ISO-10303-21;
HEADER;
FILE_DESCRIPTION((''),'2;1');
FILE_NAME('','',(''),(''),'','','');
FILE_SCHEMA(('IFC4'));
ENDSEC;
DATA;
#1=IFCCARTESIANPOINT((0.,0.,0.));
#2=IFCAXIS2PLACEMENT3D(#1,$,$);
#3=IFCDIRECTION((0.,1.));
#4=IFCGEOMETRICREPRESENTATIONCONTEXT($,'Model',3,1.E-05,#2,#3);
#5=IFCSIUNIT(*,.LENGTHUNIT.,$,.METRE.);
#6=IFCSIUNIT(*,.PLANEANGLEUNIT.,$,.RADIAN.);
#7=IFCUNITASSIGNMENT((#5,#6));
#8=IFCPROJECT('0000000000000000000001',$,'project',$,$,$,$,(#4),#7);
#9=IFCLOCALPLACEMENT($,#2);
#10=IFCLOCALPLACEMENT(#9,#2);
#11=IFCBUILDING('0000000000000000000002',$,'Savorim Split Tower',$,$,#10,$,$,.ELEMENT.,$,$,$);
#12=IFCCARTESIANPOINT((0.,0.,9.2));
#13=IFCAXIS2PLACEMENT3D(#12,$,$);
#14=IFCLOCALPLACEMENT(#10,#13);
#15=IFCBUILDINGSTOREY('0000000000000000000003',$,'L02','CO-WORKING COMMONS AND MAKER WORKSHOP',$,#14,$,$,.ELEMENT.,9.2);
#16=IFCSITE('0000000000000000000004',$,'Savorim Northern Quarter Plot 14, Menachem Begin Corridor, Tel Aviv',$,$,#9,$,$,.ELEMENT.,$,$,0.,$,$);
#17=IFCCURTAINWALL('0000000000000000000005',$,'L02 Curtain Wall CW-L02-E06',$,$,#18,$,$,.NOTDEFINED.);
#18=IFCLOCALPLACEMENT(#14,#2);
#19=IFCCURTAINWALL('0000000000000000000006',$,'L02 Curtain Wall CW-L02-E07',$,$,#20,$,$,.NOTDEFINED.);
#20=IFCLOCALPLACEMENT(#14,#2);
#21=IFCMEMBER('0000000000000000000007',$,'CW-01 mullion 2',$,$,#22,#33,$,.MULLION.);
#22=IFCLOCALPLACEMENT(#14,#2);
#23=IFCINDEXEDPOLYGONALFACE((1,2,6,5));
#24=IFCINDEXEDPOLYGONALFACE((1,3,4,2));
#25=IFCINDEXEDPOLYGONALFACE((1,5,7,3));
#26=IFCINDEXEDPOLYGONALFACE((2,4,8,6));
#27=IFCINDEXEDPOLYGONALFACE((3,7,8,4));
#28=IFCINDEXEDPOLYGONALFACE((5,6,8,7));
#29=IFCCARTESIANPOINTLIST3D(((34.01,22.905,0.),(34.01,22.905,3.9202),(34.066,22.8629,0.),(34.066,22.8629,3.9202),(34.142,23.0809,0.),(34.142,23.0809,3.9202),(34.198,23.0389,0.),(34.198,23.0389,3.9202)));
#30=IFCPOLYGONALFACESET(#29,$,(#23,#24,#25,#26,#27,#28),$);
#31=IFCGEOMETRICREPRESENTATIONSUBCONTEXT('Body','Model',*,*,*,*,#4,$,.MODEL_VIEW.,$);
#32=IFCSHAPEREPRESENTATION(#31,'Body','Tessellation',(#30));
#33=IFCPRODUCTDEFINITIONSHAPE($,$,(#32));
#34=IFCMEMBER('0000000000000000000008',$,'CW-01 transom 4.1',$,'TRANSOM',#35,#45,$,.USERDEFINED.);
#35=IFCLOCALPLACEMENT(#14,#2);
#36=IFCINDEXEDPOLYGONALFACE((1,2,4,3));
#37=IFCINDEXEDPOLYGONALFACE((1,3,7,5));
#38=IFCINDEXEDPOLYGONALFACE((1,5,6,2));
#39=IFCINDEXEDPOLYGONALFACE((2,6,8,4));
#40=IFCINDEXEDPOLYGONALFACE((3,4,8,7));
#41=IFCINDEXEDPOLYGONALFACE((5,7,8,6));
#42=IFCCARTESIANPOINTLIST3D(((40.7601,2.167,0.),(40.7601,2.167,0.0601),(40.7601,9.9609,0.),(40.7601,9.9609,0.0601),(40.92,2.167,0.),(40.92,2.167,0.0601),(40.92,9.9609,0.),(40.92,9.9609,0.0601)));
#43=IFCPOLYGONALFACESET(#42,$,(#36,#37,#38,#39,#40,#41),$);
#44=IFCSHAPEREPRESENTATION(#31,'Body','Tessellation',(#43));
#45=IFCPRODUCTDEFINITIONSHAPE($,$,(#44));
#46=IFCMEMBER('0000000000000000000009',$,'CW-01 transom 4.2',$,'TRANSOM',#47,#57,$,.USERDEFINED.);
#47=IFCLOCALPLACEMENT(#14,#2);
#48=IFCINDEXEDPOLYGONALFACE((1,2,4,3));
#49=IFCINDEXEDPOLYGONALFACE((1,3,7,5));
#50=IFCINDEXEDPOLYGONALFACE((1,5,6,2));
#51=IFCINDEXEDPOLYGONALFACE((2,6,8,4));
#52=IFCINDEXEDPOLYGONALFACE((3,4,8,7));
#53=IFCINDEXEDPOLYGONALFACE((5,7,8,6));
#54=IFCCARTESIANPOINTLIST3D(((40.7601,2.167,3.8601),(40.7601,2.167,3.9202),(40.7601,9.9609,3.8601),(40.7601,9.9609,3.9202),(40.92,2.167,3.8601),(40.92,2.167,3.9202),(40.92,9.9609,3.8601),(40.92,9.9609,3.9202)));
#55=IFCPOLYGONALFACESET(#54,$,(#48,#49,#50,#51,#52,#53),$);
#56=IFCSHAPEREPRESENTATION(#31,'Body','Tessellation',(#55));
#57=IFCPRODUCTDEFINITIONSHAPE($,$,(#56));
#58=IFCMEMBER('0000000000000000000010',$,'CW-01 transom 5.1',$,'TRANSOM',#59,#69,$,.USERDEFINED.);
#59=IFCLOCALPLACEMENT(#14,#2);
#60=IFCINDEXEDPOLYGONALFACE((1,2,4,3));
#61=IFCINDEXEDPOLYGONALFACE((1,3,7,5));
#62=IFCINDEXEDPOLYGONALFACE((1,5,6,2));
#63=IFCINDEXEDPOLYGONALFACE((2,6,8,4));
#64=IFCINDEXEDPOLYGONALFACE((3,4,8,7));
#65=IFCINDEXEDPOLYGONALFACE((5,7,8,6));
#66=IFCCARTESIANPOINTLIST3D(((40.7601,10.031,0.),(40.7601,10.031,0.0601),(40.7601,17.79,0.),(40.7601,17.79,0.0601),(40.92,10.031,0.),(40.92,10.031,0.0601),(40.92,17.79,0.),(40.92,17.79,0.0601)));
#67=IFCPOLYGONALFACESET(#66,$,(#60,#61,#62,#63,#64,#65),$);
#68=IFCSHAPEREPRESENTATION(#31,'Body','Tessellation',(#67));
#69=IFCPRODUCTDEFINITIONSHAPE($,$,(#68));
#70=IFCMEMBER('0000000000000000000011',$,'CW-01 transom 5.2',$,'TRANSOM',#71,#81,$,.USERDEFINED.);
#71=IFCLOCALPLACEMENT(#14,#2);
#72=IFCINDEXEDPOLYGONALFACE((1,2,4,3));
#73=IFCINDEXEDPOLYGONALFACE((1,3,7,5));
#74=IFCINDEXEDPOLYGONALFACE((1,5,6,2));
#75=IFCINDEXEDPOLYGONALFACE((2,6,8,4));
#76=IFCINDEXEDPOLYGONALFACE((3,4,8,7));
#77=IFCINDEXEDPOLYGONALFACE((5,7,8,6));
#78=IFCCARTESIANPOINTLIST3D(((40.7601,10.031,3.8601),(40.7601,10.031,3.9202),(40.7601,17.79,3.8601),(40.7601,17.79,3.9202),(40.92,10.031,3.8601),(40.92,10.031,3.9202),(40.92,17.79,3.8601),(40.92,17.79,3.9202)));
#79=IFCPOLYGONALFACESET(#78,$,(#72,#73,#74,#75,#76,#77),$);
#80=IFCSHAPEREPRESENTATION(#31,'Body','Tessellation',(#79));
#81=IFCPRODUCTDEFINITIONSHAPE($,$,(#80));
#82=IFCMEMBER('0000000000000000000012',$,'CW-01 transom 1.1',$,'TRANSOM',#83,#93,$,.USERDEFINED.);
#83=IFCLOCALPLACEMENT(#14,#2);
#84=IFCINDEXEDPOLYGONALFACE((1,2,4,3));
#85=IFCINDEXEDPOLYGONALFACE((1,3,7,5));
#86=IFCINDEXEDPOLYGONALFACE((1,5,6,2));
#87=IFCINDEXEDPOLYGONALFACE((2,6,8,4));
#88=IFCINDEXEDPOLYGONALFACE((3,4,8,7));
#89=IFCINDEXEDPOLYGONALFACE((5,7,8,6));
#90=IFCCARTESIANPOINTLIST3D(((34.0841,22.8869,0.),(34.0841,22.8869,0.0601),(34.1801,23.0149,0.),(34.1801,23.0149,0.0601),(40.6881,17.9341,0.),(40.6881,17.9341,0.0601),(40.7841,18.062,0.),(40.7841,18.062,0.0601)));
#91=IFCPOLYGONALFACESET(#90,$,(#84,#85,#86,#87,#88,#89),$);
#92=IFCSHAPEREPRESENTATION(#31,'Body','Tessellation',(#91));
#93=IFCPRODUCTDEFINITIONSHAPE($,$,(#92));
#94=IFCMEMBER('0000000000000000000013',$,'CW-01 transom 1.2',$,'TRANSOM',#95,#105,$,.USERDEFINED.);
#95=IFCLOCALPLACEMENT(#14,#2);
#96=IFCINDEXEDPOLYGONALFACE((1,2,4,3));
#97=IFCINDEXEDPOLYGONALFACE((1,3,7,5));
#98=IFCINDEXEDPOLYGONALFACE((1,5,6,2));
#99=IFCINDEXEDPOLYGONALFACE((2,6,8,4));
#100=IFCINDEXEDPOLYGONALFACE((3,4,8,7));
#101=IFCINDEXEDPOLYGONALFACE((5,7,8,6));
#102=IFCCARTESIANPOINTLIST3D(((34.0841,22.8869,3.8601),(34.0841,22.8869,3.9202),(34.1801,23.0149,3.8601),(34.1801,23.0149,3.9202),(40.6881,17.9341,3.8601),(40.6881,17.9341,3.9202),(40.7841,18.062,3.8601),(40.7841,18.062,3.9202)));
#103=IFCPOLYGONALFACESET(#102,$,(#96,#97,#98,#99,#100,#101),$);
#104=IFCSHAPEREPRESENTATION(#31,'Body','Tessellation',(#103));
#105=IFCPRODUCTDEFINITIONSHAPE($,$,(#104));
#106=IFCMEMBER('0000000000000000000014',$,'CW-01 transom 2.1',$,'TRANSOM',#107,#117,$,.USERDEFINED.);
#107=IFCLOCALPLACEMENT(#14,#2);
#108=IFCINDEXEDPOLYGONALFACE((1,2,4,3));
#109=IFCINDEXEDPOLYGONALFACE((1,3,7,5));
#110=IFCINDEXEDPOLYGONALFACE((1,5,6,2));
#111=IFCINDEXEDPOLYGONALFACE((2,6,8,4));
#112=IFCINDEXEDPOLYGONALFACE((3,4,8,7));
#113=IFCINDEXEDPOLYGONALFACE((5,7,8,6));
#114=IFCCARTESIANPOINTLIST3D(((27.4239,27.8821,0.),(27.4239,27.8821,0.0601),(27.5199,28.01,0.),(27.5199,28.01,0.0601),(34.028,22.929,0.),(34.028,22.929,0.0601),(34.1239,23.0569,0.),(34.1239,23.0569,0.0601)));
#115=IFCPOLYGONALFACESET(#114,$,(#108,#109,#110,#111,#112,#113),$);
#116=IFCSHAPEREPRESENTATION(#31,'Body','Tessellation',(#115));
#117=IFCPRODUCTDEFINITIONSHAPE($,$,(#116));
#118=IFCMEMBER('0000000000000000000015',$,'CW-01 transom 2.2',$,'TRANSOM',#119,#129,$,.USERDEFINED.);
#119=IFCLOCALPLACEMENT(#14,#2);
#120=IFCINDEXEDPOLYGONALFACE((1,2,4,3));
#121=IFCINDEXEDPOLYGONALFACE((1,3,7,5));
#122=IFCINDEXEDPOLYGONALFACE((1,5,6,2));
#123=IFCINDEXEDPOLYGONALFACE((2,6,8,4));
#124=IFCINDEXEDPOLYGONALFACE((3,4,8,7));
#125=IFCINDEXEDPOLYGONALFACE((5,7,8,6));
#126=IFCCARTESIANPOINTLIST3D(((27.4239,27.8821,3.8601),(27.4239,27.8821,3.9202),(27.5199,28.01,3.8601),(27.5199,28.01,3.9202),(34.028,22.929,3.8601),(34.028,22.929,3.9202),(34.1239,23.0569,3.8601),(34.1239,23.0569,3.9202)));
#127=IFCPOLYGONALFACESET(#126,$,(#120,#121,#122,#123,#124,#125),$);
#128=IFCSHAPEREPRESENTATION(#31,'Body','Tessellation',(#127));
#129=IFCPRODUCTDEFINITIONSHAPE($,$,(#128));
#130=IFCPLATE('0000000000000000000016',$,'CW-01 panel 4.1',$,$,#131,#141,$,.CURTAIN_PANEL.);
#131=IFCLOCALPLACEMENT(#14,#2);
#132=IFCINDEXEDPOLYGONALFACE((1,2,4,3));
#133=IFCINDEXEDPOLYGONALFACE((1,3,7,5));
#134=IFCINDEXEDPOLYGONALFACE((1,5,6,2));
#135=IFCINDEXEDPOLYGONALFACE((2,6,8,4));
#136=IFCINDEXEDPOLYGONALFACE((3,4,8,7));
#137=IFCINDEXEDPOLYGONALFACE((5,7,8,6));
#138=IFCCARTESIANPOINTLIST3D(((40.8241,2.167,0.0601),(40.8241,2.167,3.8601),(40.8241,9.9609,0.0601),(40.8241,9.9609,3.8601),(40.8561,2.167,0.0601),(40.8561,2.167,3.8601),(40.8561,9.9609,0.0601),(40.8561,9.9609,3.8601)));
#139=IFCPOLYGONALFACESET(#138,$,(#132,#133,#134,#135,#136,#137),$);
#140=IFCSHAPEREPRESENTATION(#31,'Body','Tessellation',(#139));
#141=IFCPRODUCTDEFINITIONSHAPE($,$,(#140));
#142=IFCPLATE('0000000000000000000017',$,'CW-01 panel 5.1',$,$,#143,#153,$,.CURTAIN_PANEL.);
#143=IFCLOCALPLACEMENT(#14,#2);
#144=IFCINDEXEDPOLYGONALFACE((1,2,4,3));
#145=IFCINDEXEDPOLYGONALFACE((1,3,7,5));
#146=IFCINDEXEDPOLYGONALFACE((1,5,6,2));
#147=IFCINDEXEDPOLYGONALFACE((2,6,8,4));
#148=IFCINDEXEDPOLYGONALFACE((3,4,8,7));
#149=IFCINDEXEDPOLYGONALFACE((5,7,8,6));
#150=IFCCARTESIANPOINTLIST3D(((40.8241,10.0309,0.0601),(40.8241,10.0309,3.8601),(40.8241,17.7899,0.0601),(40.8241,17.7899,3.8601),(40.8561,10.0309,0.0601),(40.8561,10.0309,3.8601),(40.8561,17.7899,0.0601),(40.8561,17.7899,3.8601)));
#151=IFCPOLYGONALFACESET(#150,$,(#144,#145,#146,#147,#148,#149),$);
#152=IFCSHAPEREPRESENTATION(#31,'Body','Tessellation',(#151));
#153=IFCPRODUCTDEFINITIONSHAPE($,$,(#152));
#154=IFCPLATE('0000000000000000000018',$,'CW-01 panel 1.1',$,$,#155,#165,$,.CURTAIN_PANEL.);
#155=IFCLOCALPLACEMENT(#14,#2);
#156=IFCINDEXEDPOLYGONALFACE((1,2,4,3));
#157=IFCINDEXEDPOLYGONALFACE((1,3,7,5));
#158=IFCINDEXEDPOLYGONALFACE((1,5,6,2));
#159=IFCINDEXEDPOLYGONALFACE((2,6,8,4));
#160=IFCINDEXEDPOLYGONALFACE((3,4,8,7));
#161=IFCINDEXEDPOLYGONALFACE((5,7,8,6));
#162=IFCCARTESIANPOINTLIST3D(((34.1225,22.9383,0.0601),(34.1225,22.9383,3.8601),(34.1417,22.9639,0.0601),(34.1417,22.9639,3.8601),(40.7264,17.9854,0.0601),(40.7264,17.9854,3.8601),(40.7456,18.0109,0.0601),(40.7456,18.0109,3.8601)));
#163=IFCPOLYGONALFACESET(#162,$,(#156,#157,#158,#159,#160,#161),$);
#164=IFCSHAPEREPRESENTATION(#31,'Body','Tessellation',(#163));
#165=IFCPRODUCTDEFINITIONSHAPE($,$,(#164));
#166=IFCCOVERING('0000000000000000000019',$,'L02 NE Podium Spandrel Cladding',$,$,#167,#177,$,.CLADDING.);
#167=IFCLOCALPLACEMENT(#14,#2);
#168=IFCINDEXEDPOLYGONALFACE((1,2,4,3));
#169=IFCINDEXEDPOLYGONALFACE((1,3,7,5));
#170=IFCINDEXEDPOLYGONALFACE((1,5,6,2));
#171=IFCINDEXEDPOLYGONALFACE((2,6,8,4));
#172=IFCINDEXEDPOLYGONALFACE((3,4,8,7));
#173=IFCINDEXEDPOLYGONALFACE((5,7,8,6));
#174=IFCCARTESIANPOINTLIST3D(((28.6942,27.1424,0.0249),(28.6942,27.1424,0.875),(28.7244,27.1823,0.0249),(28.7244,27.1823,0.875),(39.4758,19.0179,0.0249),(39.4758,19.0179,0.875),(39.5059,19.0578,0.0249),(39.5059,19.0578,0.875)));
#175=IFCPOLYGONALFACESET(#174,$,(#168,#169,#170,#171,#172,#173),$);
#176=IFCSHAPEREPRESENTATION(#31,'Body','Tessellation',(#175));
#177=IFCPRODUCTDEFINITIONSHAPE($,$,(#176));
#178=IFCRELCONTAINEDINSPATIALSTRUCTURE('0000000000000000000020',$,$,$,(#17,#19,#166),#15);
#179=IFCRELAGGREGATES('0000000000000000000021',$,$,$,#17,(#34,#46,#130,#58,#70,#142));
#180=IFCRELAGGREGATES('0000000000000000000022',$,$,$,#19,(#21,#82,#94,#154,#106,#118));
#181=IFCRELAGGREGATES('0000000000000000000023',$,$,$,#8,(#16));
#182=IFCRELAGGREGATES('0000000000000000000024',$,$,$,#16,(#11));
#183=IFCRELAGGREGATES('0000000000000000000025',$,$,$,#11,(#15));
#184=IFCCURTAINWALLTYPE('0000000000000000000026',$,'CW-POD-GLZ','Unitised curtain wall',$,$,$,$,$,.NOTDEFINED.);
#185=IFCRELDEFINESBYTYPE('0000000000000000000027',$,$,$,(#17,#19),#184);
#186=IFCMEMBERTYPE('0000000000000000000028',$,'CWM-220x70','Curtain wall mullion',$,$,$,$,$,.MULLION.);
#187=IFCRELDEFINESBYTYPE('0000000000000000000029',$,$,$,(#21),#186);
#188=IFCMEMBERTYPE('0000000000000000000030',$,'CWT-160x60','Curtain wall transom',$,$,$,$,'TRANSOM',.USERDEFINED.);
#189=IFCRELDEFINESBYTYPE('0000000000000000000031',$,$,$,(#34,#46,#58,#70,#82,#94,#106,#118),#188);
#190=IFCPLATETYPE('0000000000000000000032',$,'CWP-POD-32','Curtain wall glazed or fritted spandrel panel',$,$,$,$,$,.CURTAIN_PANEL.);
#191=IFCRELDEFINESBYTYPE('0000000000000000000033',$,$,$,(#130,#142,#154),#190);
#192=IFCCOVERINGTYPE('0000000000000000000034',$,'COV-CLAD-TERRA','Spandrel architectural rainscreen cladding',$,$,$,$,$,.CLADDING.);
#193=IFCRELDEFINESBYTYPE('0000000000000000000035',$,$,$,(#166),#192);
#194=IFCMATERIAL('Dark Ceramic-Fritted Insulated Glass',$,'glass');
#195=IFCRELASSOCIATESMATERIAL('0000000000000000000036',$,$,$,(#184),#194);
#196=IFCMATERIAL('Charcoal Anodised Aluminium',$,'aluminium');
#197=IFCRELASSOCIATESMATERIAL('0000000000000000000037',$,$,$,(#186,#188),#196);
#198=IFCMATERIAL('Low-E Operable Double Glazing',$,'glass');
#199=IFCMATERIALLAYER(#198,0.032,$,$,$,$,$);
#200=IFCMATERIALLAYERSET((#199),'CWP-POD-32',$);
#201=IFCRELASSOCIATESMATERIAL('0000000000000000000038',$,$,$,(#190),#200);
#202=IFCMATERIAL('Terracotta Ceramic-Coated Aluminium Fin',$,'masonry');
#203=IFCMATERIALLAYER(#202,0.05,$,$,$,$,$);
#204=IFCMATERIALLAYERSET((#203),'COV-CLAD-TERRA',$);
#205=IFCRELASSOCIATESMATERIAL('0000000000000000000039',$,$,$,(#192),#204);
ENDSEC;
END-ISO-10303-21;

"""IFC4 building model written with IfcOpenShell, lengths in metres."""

from ifc_helpers import new_model, si_unit, direction, frame, origin, origin_2d, place, context, subcontext, project, spatial, rectangle, extrude, material, layer, layer_set, material_profile, profile_set, type_object, element, aggregate, save


model = new_model("IFC4")

# Units and contexts
model_context = context("Model", 3, precision=1e-05, world=origin(), true_north=direction((0.0, 1.0)))
body_context = subcontext(model_context, "Body", "Model", "MODEL_VIEW")
ifc_project = project(units=[si_unit("LENGTHUNIT", "METRE"), si_unit("PLANEANGLEUNIT", "RADIAN")], contexts=[model_context])

# Site, building, storey
site_placement = place(None, origin())
site = spatial("IfcSite", under=ifc_project, at=site_placement, Name="Savorim Northern Quarter Plot 14, Menachem Begin Corridor, Tel Aviv", CompositionType="ELEMENT", RefElevation=0.0)
building_placement = place(site_placement, origin())
building = spatial("IfcBuilding", under=site, at=building_placement, Name="Savorim Split Tower", CompositionType="ELEMENT")
storey_placement = place(building_placement, frame((0.0, 0.0, 9.2)))
storey = spatial("IfcBuildingStorey", under=building, at=storey_placement, Name="L02", Description="CO-WORKING COMMONS AND MAKER WORKSHOP", CompositionType="ELEMENT", Elevation=9.2)

# Curtain walls, member
ifc_material_1 = material(Name="Dark Ceramic-Fritted Insulated Glass", Category="glass")
curtain_wall_type = type_object("IfcCurtainWallType", Name="CW-POD-GLZ", Description="Unitised curtain wall", PredefinedType="NOTDEFINED", material=ifc_material_1)
curtain_wall_1_placement = place(storey_placement, origin())
curtain_wall_1 = element("IfcCurtainWall", 1, at=curtain_wall_1_placement, inside=storey, type_object=curtain_wall_type, Name="L02 Curtain Wall CW-L02-E06", PredefinedType="NOTDEFINED")
ifc_material_2 = material(Name="Charcoal Anodised Aluminium", Category="aluminium")
ifc_material_profile_1 = material_profile(ifc_material_2, rectangle(XDim=0.22, YDim=0.0701, at=origin_2d()), Name="ALU-M 220x70")
ifc_profile_set_1 = profile_set([ifc_material_profile_1], Name="Charcoal Anodised Aluminium")
member_type_1 = type_object("IfcMemberType", Name="CWM-220x70", Description="Curtain wall mullion", PredefinedType="MULLION", material=ifc_profile_set_1)
curtain_wall_2_placement = place(storey_placement, origin())
curtain_wall_2 = element("IfcCurtainWall", 2, at=curtain_wall_2_placement, inside=storey, type_object=curtain_wall_type, Name="L02 Curtain Wall CW-L02-E07", PredefinedType="NOTDEFINED")
member_1_placement = place(storey_placement, frame((34.104, 22.9719, 0.0), z_axis=(0.0, 0.0, 1.0), x_axis=(-0.6, -0.8, 0.0)))
member_1 = element("IfcMember", 3, at=member_1_placement, type_object=member_type_1, Name="CW-01 mullion 2", PredefinedType="MULLION", context=body_context, shape_type="SweptSolid", body=[
    extrude(rectangle(XDim=0.22, YDim=0.0701, at=origin_2d()), origin(), (0.0, 0.0, 1.0), 3.9202),
])

# Members
ifc_material_profile_2 = material_profile(ifc_material_2, rectangle(XDim=0.1599, YDim=0.0601, at=origin_2d()), Name="ALU-T 160x60")
ifc_profile_set_2 = profile_set([ifc_material_profile_2], Name="Charcoal Anodised Aluminium")
member_type_2 = type_object("IfcMemberType", Name="CWT-160x60", Description="Curtain wall transom", ElementType="TRANSOM", PredefinedType="USERDEFINED", material=ifc_profile_set_2)
member_2_placement = place(storey_placement, frame((40.8401, 2.167, 0.03), z_axis=(0.0, 1.0, 0.0), x_axis=(-1.0, 0.0, 0.0)))
member_2 = element("IfcMember", 4, at=member_2_placement, type_object=member_type_2, Name="CW-01 transom 4.1", ObjectType="TRANSOM", PredefinedType="USERDEFINED", context=body_context, shape_type="SweptSolid", body=[
    extrude(rectangle(XDim=0.1599, YDim=0.0601, at=origin_2d()), origin(), (0.0, 0.0, 1.0), 7.7939),
])
member_3_placement = place(storey_placement, frame((40.8401, 2.167, 3.8901), z_axis=(0.0, 1.0, 0.0), x_axis=(-1.0, 0.0, 0.0)))
member_3 = element("IfcMember", 5, at=member_3_placement, type_object=member_type_2, Name="CW-01 transom 4.2", ObjectType="TRANSOM", PredefinedType="USERDEFINED", context=body_context, shape_type="SweptSolid", body=[
    extrude(rectangle(XDim=0.1599, YDim=0.0601, at=origin_2d()), origin(), (0.0, 0.0, 1.0), 7.7939),
])
member_4_placement = place(storey_placement, frame((40.8401, 10.031, 0.03), z_axis=(0.0, 1.0, 0.0), x_axis=(-1.0, 0.0, 0.0)))
member_4 = element("IfcMember", 6, at=member_4_placement, type_object=member_type_2, Name="CW-01 transom 5.1", ObjectType="TRANSOM", PredefinedType="USERDEFINED", context=body_context, shape_type="SweptSolid", body=[
    extrude(rectangle(XDim=0.1599, YDim=0.0601, at=origin_2d()), origin(), (0.0, 0.0, 1.0), 7.759),
])
member_5_placement = place(storey_placement, frame((40.8401, 10.031, 3.8901), z_axis=(0.0, 1.0, 0.0), x_axis=(-1.0, 0.0, 0.0)))
member_5 = element("IfcMember", 7, at=member_5_placement, type_object=member_type_2, Name="CW-01 transom 5.2", ObjectType="TRANSOM", PredefinedType="USERDEFINED", context=body_context, shape_type="SweptSolid", body=[
    extrude(rectangle(XDim=0.1599, YDim=0.0601, at=origin_2d()), origin(), (0.0, 0.0, 1.0), 7.759),
])
member_6_placement = place(storey_placement, frame((40.7361, 17.998, 0.03), z_axis=(-0.800007, 0.599991, 0.0), x_axis=(-0.599991, -0.800007, 0.0)))
member_6 = element("IfcMember", 8, at=member_6_placement, type_object=member_type_2, Name="CW-01 transom 1.1", ObjectType="TRANSOM", PredefinedType="USERDEFINED", context=body_context, shape_type="SweptSolid", body=[
    extrude(rectangle(XDim=0.1599, YDim=0.0601, at=origin_2d()), origin(), (0.0, 0.0, 1.0), 8.2549),
])
member_7_placement = place(storey_placement, frame((40.7361, 17.998, 3.8901), z_axis=(-0.800007, 0.599991, 0.0), x_axis=(-0.599991, -0.800007, 0.0)))
member_7 = element("IfcMember", 9, at=member_7_placement, type_object=member_type_2, Name="CW-01 transom 1.2", ObjectType="TRANSOM", PredefinedType="USERDEFINED", context=body_context, shape_type="SweptSolid", body=[
    extrude(rectangle(XDim=0.1599, YDim=0.0601, at=origin_2d()), origin(), (0.0, 0.0, 1.0), 8.2549),
])
member_8_placement = place(storey_placement, frame((34.0759, 22.9929, 0.03), z_axis=(-0.799993, 0.600009, 0.0), x_axis=(-0.600009, -0.799993, 0.0)))
member_8 = element("IfcMember", 10, at=member_8_placement, type_object=member_type_2, Name="CW-01 transom 2.1", ObjectType="TRANSOM", PredefinedType="USERDEFINED", context=body_context, shape_type="SweptSolid", body=[
    extrude(rectangle(XDim=0.1599, YDim=0.0601, at=origin_2d()), origin(), (0.0, 0.0, 1.0), 8.2551),
])
member_9_placement = place(storey_placement, frame((34.0759, 22.9929, 3.8901), z_axis=(-0.799993, 0.600009, 0.0), x_axis=(-0.600009, -0.799993, 0.0)))
member_9 = element("IfcMember", 11, at=member_9_placement, type_object=member_type_2, Name="CW-01 transom 2.2", ObjectType="TRANSOM", PredefinedType="USERDEFINED", context=body_context, shape_type="SweptSolid", body=[
    extrude(rectangle(XDim=0.1599, YDim=0.0601, at=origin_2d()), origin(), (0.0, 0.0, 1.0), 8.2551),
])

# Plates
ifc_material_3 = material(Name="Low-E Operable Double Glazing", Category="glass")
ifc_layer_1 = layer(ifc_material_3, 0.032)
ifc_layer_set_1 = layer_set([ifc_layer_1], Name="CWP-POD-32")
plate_type = type_object("IfcPlateType", Name="CWP-POD-32", Description="Curtain wall glazed or fritted spandrel panel", PredefinedType="CURTAIN_PANEL", material=ifc_layer_set_1)
plate_1_placement = place(storey_placement, frame((40.8401, 6.064, 0.0601), z_axis=(0.0, 0.0, 1.0), x_axis=(0.0, 1.0, 0.0)))
plate_1 = element("IfcPlate", 12, at=plate_1_placement, type_object=plate_type, Name="CW-01 panel 4.1", PredefinedType="CURTAIN_PANEL", context=body_context, shape_type="SweptSolid", body=[
    extrude(rectangle(XDim=7.7939, YDim=0.032, at=origin_2d()), origin(), (0.0, 0.0, 1.0), 3.8),
])
plate_2_placement = place(storey_placement, frame((40.8401, 13.9104, 0.0601), z_axis=(0.0, 0.0, 1.0), x_axis=(0.0, 1.0, 0.0)))
plate_2 = element("IfcPlate", 13, at=plate_2_placement, type_object=plate_type, Name="CW-01 panel 5.1", PredefinedType="CURTAIN_PANEL", context=body_context, shape_type="SweptSolid", body=[
    extrude(rectangle(XDim=7.759, YDim=0.032, at=origin_2d()), origin(), (0.0, 0.0, 1.0), 3.8),
])
aggregate(curtain_wall_1, [member_2, member_3, plate_1, member_4, member_5, plate_2])
plate_3_placement = place(storey_placement, frame((37.4341, 20.4746, 0.0601), z_axis=(0.0, 0.0, 1.0), x_axis=(-0.8, 0.6, 0.0)))
plate_3 = element("IfcPlate", 14, at=plate_3_placement, type_object=plate_type, Name="CW-01 panel 1.1", PredefinedType="CURTAIN_PANEL", context=body_context, shape_type="SweptSolid", body=[
    extrude(rectangle(XDim=8.2549, YDim=0.032, at=origin_2d()), origin(), (0.0, 0.0, 1.0), 3.8),
])
aggregate(curtain_wall_2, [member_1, member_6, member_7, plate_3, member_8, member_9])

# Covering
ifc_material_4 = material(Name="Terracotta Ceramic-Coated Aluminium Fin", Category="masonry")
ifc_layer_2 = layer(ifc_material_4, 0.05)
ifc_layer_set_2 = layer_set([ifc_layer_2], Name="COV-CLAD-TERRA")
covering_type = type_object("IfcCoveringType", Name="COV-CLAD-TERRA", Description="Spandrel architectural rainscreen cladding", PredefinedType="CLADDING", material=ifc_layer_set_2)
covering_placement = place(storey_placement, frame((34.1001, 23.1001, 0.0249), z_axis=(0.0, 0.0, 1.0), x_axis=(-0.798636, 0.601815, 0.0)))
element("IfcCovering", 15, at=covering_placement, inside=storey, type_object=covering_type, Name="L02 NE Podium Spandrel Cladding", PredefinedType="CLADDING", context=body_context, shape_type="SweptSolid", body=[
    extrude(rectangle(XDim=13.5, YDim=0.05, at=origin_2d()), origin(), (0.0, 0.0, 1.0), 0.8501),
])

save(model, "model.ifc")
